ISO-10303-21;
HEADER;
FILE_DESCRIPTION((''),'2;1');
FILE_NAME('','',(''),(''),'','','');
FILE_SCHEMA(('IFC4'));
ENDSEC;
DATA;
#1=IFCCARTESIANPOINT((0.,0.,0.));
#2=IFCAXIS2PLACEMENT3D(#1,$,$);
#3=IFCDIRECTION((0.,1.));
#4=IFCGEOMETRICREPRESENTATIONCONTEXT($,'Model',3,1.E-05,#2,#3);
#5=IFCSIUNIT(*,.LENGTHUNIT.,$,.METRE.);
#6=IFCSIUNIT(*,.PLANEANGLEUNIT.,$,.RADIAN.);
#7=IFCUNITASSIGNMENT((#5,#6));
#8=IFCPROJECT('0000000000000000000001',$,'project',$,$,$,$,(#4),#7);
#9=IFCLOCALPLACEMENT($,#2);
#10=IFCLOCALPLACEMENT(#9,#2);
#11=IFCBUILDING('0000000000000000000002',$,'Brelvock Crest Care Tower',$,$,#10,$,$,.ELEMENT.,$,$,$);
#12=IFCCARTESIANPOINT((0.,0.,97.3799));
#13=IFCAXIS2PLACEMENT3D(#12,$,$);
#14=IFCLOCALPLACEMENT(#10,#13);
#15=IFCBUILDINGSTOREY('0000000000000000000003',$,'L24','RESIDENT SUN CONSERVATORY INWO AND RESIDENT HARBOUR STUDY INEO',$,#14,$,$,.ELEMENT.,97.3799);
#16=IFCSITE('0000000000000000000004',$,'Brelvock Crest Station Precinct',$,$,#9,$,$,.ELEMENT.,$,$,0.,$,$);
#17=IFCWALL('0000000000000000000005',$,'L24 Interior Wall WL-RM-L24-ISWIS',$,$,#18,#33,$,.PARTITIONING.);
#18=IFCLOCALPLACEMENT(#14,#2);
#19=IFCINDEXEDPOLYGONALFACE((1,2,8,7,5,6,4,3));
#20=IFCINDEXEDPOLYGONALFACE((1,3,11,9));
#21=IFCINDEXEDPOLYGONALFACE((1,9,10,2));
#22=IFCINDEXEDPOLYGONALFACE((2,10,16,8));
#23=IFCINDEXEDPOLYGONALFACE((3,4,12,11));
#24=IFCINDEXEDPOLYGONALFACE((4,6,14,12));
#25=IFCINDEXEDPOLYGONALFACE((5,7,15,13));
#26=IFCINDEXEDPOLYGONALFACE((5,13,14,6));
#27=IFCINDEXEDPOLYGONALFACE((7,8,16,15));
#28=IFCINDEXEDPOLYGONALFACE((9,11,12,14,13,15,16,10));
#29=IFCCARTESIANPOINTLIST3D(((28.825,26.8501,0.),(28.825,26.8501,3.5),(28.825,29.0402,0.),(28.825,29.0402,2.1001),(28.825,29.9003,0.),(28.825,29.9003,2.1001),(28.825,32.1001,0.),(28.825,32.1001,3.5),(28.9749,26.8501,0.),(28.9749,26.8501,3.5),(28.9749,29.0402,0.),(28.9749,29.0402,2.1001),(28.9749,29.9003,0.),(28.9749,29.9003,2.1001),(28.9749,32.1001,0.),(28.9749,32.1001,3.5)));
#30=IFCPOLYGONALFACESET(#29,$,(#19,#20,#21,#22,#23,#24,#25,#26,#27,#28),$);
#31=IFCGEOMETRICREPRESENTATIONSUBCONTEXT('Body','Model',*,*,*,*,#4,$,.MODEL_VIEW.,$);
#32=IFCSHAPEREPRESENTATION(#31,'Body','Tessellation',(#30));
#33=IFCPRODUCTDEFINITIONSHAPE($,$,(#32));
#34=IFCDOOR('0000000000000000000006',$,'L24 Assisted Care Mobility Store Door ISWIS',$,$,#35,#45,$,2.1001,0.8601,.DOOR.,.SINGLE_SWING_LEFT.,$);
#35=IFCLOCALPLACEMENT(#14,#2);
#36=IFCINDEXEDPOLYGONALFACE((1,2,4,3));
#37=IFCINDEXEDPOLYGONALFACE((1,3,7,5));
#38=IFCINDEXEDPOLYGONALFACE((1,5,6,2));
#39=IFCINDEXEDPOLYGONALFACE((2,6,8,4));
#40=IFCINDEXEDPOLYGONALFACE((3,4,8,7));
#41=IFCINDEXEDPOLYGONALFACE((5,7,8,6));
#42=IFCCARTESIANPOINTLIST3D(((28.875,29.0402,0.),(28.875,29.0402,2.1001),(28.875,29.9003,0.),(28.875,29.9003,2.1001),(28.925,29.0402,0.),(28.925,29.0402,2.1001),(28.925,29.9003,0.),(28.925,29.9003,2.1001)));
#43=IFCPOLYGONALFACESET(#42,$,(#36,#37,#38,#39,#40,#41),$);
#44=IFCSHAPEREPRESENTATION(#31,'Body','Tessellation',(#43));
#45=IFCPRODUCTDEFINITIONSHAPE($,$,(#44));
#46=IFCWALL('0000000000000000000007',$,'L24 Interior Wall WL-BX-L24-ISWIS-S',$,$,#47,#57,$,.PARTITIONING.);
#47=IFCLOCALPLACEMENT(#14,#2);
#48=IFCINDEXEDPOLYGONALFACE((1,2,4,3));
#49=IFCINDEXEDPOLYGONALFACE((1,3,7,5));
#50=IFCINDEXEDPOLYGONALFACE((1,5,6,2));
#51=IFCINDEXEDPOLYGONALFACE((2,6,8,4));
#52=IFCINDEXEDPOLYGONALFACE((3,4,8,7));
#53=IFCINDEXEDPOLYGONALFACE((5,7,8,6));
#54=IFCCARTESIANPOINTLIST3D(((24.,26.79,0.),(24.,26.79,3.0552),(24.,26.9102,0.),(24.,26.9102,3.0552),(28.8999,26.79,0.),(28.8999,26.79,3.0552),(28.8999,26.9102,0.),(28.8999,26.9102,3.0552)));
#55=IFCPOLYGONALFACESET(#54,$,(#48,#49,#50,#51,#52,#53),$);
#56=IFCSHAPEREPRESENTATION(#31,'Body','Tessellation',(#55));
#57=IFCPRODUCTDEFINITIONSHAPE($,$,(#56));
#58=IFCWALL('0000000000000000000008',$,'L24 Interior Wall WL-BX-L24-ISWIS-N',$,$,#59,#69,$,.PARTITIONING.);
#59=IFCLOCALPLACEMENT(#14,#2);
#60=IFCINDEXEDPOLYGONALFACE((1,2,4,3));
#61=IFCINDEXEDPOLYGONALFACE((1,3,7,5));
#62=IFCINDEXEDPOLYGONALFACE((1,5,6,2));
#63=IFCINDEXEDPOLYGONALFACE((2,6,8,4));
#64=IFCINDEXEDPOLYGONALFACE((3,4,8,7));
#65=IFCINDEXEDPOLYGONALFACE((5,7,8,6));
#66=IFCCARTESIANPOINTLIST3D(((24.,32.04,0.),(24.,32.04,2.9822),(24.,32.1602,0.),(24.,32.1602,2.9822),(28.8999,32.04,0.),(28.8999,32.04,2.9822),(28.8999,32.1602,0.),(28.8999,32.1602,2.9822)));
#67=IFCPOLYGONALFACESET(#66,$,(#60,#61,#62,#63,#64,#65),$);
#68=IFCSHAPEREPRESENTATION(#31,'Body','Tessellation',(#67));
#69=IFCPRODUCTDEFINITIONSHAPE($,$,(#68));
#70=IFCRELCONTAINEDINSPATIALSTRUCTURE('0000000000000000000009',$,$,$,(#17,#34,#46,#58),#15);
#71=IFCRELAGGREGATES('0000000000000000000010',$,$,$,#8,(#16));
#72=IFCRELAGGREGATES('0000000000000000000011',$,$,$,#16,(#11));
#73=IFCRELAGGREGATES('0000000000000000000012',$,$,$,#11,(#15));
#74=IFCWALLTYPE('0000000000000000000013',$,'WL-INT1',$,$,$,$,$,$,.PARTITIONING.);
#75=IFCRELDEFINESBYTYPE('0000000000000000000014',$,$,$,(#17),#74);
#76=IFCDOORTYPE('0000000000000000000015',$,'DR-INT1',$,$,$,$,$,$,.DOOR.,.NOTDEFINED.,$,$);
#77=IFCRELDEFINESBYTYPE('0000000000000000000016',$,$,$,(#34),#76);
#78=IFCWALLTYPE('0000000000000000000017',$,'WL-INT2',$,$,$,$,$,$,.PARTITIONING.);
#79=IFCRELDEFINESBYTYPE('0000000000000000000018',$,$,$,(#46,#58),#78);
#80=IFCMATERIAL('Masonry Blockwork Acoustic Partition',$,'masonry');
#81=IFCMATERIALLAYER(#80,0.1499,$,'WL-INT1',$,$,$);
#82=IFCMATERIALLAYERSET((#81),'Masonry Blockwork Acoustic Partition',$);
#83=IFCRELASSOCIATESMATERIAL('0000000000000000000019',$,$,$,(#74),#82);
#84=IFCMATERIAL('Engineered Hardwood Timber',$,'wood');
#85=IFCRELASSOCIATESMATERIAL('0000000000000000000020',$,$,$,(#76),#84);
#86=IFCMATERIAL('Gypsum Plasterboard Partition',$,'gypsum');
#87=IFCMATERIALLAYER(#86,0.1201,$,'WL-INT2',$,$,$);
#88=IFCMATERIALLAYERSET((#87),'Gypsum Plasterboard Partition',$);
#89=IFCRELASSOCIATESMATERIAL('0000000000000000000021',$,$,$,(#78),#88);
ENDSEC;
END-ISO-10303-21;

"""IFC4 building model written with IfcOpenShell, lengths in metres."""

from ifc_helpers import new_model, si_unit, direction, frame, frame_2d, origin, origin_2d, place, context, subcontext, project, spatial, rectangle, extrude, source, transform, mapped, material, layer, layer_set, type_object, element, fill, save


model = new_model("IFC4")

# Units and contexts
model_context = context("Model", 3, precision=1e-05, world=origin(), true_north=direction((0.0, 1.0)))
body_context = subcontext(model_context, "Body", "Model", "MODEL_VIEW")
ifc_project = project(units=[si_unit("LENGTHUNIT", "METRE"), si_unit("PLANEANGLEUNIT", "RADIAN")], contexts=[model_context])

# Site, building, storey
site_placement = place(None, origin())
site = spatial("IfcSite", under=ifc_project, at=site_placement, Name="Brelvock Crest Station Precinct", CompositionType="ELEMENT", RefElevation=0.0)
building_placement = place(site_placement, origin())
building = spatial("IfcBuilding", under=site, at=building_placement, Name="Brelvock Crest Care Tower", CompositionType="ELEMENT")
storey_placement = place(building_placement, frame((0.0, 0.0, 97.3799)))
storey = spatial("IfcBuildingStorey", under=building, at=storey_placement, Name="L24", Description="RESIDENT SUN CONSERVATORY INWO AND RESIDENT HARBOUR STUDY INEO", CompositionType="ELEMENT", Elevation=97.3799)

# Shared definitions
ifc_material_1 = material(Name="Masonry Blockwork Acoustic Partition", Category="masonry")
ifc_layer_1 = layer(ifc_material_1, 0.1499, Name="WL-INT1")
ifc_layer_set_1 = layer_set([ifc_layer_1], Name="Masonry Blockwork Acoustic Partition")
wall_type_1 = type_object("IfcWallType", Name="WL-INT1", PredefinedType="PARTITIONING", material=ifc_layer_set_1)

# Wall, opening, door
wall_1_placement = place(storey_placement, frame((28.8999, 26.8501, 0.0), z_axis=(0.0, 0.0, 1.0), x_axis=(0.0, 1.0, 0.0)))
wall_1 = element("IfcWall", 1, at=wall_1_placement, inside=storey, type_object=wall_type_1, Name="L24 Interior Wall WL-RM-L24-ISWIS", PredefinedType="PARTITIONING", context=body_context, shape_type="SweptSolid", body=[
    extrude(rectangle(XDim=5.25, YDim=0.1499, at=frame_2d((2.625, 0.0))), origin(), (0.0, 0.0, 1.0), 3.5),
])
opening_placement = place(wall_1_placement, frame((2.1899, 0.0, 0.0)))
opening = element("IfcOpeningElement", 2, at=opening_placement, cuts=wall_1, PredefinedType="OPENING", context=body_context, shape_type="SweptSolid", body=[
    extrude(rectangle(XDim=0.8601, YDim=2.1001, at=origin_2d()), frame((0.4302, 0.085, 1.05), z_axis=(0.0, -1.0, 0.0), x_axis=(1.0, 0.0, 0.0)), (0.0, 0.0, 1.0), 0.1699),
])
ifc_material_2 = material(Name="Engineered Hardwood Timber", Category="wood")
door_type = type_object("IfcDoorType", Name="DR-INT1", OperationType="NOTDEFINED", PredefinedType="DOOR", material=ifc_material_2)
shared_shape_1 = source(origin(), body_context, "Body", "SweptSolid", [
    extrude(rectangle(XDim=0.8601, YDim=2.1001, at=origin_2d()), frame((0.4302, 0.0249, 1.05), z_axis=(0.0, -1.0, 0.0), x_axis=(1.0, 0.0, 0.0)), (0.0, 0.0, 1.0), 0.05),
])
door_placement = place(opening_placement, origin())
door = element("IfcDoor", 3, at=door_placement, inside=storey, type_object=door_type, Name="L24 Assisted Care Mobility Store Door ISWIS", OperationType="SINGLE_SWING_LEFT", OverallHeight=2.1001, OverallWidth=0.8601, PredefinedType="DOOR", context=body_context, shape_type="MappedRepresentation", body=[
    mapped(shared_shape_1, transform((0.0, 0.0, 0.0), x_axis=(1.0, 0.0, 0.0), y_axis=(0.0, 1.0, 0.0), z_axis=(0.0, 0.0, 1.0), scale=1.0)),
])
fill(opening, door)

# Walls
ifc_material_3 = material(Name="Gypsum Plasterboard Partition", Category="gypsum")
ifc_layer_2 = layer(ifc_material_3, 0.1201, Name="WL-INT2")
ifc_layer_set_2 = layer_set([ifc_layer_2], Name="Gypsum Plasterboard Partition")
wall_type_2 = type_object("IfcWallType", Name="WL-INT2", PredefinedType="PARTITIONING", material=ifc_layer_set_2)
wall_2_placement = place(storey_placement, frame((24.0, 26.8501, 0.0), z_axis=(0.0, 0.0, 1.0), x_axis=(1.0, 0.0, 0.0)))
element("IfcWall", 4, at=wall_2_placement, inside=storey, type_object=wall_type_2, Name="L24 Interior Wall WL-BX-L24-ISWIS-S", PredefinedType="PARTITIONING", context=body_context, shape_type="SweptSolid", body=[
    extrude(rectangle(XDim=4.8999, YDim=0.1201, at=frame_2d((2.45, 0.0))), origin(), (0.0, 0.0, 1.0), 3.0552),
])
wall_3_placement = place(storey_placement, frame((24.0, 32.1001, 0.0), z_axis=(0.0, 0.0, 1.0), x_axis=(1.0, 0.0, 0.0)))
element("IfcWall", 5, at=wall_3_placement, inside=storey, type_object=wall_type_2, Name="L24 Interior Wall WL-BX-L24-ISWIS-N", PredefinedType="PARTITIONING", context=body_context, shape_type="SweptSolid", body=[
    extrude(rectangle(XDim=4.8999, YDim=0.1201, at=frame_2d((2.45, 0.0))), origin(), (0.0, 0.0, 1.0), 2.9822),
])

save(model, "model.ifc")
